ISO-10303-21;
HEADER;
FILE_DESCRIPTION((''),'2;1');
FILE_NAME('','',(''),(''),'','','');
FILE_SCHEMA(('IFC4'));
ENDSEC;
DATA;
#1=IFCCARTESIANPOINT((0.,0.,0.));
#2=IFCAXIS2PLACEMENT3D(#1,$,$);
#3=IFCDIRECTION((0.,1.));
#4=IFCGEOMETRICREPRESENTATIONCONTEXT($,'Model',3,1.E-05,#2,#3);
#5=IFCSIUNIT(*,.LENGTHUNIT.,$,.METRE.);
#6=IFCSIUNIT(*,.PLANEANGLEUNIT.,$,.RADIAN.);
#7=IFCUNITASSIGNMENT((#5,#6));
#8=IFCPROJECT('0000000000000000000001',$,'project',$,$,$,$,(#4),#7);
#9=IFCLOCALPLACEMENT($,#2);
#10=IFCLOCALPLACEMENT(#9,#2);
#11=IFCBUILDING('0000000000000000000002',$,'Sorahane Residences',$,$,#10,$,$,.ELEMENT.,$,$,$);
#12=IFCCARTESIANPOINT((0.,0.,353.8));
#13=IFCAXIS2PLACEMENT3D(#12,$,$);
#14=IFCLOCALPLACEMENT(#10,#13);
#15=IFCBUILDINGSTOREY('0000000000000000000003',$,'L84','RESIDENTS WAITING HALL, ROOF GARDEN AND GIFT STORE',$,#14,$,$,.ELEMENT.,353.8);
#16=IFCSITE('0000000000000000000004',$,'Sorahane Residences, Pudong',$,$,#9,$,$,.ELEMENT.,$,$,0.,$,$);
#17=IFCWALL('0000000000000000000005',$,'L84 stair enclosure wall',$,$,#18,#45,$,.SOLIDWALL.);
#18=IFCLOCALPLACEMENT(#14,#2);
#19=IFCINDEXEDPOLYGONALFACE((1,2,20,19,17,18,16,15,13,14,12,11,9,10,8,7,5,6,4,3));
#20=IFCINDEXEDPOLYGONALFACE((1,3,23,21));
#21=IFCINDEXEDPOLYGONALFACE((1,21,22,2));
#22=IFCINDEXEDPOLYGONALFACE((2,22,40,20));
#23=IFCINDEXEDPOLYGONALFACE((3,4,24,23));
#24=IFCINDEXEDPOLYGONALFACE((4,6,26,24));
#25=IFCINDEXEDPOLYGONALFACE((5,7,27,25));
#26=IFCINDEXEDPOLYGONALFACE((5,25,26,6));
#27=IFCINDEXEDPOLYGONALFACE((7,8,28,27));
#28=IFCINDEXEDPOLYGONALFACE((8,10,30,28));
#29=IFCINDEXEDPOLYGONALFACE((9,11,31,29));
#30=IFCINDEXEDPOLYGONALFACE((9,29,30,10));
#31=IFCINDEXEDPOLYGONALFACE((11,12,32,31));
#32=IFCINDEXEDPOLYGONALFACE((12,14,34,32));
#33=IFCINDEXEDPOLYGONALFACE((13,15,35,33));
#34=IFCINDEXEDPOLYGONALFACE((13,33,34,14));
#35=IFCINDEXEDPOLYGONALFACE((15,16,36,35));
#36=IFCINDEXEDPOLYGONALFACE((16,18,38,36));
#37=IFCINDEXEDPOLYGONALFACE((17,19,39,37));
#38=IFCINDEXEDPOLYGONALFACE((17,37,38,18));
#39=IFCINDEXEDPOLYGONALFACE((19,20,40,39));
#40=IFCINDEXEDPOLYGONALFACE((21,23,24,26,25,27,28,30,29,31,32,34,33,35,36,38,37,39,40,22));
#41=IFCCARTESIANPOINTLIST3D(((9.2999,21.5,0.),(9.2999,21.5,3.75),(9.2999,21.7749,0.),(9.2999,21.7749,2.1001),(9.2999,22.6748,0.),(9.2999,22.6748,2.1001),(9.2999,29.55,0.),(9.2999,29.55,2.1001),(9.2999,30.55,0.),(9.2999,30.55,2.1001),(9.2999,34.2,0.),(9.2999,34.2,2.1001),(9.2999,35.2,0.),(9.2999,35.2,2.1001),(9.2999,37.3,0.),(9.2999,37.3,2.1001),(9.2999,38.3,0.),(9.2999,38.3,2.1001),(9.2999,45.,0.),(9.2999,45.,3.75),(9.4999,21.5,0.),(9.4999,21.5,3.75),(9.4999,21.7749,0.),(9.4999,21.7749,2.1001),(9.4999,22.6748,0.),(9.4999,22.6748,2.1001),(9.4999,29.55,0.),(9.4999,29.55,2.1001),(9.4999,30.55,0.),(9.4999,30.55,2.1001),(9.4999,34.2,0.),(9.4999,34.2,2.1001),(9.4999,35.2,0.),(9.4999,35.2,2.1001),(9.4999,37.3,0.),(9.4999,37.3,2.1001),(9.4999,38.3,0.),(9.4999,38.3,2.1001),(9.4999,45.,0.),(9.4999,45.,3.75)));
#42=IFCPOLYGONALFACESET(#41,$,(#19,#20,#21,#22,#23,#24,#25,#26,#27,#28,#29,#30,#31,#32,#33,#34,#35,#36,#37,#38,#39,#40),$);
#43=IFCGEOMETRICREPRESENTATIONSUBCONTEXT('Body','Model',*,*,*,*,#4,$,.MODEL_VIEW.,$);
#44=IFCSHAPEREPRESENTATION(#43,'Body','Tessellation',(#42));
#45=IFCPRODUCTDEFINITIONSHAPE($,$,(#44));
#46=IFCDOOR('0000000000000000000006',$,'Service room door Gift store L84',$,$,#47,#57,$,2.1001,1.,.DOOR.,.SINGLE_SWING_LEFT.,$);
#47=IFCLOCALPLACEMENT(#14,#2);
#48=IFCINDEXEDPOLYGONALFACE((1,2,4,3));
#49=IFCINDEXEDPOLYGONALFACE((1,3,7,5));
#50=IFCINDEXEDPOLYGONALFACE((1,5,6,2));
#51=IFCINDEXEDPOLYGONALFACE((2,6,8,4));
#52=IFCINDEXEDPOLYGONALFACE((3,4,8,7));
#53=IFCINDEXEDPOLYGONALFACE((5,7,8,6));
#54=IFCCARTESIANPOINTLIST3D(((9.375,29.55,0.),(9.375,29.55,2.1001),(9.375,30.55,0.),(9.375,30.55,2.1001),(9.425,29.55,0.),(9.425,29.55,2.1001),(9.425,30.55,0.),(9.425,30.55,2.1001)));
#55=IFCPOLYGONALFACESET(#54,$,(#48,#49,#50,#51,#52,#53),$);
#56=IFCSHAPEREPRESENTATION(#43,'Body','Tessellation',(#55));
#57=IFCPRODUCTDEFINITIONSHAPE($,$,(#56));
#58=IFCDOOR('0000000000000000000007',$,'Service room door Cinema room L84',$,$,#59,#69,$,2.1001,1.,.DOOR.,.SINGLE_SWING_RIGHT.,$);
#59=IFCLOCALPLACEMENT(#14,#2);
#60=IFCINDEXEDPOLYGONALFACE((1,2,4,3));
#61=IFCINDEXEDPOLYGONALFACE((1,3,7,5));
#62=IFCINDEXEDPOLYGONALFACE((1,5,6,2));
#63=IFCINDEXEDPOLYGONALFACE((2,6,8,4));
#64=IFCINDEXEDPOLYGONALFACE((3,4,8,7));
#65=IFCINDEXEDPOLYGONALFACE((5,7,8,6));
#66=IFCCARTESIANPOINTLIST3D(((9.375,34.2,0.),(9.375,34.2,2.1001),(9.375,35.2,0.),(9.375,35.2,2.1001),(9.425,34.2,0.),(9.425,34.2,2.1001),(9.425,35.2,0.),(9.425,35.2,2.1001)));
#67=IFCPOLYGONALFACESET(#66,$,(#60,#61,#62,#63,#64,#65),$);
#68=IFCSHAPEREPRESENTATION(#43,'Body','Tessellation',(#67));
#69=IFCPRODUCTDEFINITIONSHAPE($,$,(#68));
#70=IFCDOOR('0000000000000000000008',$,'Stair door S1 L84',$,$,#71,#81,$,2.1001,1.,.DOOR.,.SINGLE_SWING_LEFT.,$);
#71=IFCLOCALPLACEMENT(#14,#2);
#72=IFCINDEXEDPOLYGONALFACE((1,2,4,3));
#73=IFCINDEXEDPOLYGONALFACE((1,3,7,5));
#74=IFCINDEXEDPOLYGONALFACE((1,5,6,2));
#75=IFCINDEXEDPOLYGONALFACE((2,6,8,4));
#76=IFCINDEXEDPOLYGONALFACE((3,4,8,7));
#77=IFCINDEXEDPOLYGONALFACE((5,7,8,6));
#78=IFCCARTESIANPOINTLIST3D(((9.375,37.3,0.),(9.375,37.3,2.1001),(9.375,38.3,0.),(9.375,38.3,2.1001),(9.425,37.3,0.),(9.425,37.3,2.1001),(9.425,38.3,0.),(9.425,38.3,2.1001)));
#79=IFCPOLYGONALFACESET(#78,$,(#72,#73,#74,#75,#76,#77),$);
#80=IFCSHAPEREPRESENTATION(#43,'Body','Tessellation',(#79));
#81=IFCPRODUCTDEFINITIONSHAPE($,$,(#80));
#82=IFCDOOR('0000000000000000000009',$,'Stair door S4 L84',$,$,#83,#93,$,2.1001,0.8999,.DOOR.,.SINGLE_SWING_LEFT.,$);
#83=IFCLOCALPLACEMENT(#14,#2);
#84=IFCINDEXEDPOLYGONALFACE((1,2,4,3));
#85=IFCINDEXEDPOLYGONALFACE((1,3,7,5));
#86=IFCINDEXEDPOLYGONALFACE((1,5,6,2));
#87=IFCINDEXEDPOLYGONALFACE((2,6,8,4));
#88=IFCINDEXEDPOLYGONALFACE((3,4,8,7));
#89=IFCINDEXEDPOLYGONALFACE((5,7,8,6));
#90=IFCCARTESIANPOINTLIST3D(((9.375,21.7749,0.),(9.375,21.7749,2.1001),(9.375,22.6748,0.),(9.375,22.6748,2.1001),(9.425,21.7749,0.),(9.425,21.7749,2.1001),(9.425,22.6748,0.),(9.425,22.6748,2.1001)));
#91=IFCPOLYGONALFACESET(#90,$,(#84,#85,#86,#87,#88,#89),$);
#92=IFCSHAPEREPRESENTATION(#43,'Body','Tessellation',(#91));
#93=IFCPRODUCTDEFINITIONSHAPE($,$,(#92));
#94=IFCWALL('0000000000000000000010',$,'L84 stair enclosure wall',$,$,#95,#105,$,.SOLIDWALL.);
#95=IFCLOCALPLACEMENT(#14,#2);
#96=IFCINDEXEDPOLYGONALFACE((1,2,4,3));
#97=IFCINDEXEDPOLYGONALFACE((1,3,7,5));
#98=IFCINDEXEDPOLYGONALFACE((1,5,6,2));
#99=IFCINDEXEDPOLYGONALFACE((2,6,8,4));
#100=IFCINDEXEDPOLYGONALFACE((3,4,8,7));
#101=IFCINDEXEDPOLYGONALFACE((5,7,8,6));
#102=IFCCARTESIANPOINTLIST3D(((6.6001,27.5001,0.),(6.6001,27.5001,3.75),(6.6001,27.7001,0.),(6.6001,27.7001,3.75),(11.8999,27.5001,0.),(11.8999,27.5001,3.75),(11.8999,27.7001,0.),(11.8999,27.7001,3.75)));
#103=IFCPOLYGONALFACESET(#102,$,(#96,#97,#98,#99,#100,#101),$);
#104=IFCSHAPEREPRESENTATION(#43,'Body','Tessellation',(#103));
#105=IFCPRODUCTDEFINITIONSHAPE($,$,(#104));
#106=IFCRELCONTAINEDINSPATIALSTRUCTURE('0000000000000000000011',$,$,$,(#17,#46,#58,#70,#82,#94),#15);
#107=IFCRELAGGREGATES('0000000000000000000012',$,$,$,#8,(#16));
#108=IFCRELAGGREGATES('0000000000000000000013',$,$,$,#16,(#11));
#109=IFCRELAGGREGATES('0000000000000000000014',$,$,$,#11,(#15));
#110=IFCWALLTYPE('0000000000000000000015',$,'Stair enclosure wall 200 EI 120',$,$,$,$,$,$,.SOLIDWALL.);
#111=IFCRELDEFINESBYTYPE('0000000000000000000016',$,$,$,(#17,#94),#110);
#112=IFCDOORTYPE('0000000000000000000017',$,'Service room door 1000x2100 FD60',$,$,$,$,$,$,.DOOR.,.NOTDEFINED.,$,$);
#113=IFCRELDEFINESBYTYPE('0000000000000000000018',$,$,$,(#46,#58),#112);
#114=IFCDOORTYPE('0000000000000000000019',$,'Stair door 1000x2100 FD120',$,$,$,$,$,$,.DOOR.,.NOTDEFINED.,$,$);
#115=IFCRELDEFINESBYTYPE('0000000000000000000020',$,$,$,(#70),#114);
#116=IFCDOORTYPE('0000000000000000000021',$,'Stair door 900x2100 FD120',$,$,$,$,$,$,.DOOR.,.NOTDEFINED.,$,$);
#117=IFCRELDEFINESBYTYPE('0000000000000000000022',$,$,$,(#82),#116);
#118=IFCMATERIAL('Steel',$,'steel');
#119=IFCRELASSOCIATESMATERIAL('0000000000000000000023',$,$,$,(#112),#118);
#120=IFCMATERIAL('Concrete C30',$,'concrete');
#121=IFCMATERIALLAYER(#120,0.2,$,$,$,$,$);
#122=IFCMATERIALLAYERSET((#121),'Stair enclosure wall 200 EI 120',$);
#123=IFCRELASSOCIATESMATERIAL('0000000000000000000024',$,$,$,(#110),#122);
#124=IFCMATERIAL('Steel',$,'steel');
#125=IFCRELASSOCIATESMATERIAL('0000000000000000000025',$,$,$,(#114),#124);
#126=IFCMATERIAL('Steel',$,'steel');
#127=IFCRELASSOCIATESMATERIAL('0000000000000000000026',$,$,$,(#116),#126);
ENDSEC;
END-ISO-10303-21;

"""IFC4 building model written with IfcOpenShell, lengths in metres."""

from ifc_helpers import new_model, si_unit, direction, frame, frame_2d, origin, place, context, subcontext, project, spatial, rectangle, extrude, material, layer, layer_set, type_object, element, fill, save


model = new_model("IFC4")

# Units and contexts
model_context = context("Model", 3, precision=1e-05, world=origin(), true_north=direction((0.0, 1.0)))
body_context = subcontext(model_context, "Body", "Model", "MODEL_VIEW")
ifc_project = project(units=[si_unit("LENGTHUNIT", "METRE"), si_unit("PLANEANGLEUNIT", "RADIAN")], contexts=[model_context])

# Site, building, storey
site_placement = place(None, origin())
site = spatial("IfcSite", under=ifc_project, at=site_placement, Name="Sorahane Residences, Pudong", CompositionType="ELEMENT", RefElevation=0.0)
building_placement = place(site_placement, origin())
building = spatial("IfcBuilding", under=site, at=building_placement, Name="Sorahane Residences", CompositionType="ELEMENT")
storey_placement = place(building_placement, frame((0.0, 0.0, 353.8)))
storey = spatial("IfcBuildingStorey", under=building, at=storey_placement, Name="L84", Description="RESIDENTS WAITING HALL, ROOF GARDEN AND GIFT STORE", CompositionType="ELEMENT", Elevation=353.8)

# Shared definitions
ifc_material_1 = material(Name="Steel", Category="steel")
door_type_1 = type_object("IfcDoorType", Name="Service room door 1000x2100 FD60", OperationType="NOTDEFINED", PredefinedType="DOOR", material=ifc_material_1)

# Wall, openings, doors
ifc_material_2 = material(Name="Concrete C30", Category="concrete")
ifc_layer_1 = layer(ifc_material_2, 0.2)
ifc_layer_set_1 = layer_set([ifc_layer_1], Name="Stair enclosure wall 200 EI 120")
wall_type_1 = type_object("IfcWallType", Name="Stair enclosure wall 200 EI 120", PredefinedType="SOLIDWALL", material=ifc_layer_set_1)
wall_1_placement = place(storey_placement, frame((9.3999, 21.5, 0.0), z_axis=(0.0, 0.0, 1.0), x_axis=(0.0, 1.0, 0.0)))
wall_1 = element("IfcWall", 1, at=wall_1_placement, inside=storey, type_object=wall_type_1, Name="L84 stair enclosure wall", PredefinedType="SOLIDWALL", context=body_context, shape_type="SweptSolid", body=[
    extrude(rectangle(XDim=23.5, YDim=0.2, at=frame_2d((11.75, 0.0))), origin(), (0.0, 0.0, 1.0), 3.75),
])
opening_1_placement = place(wall_1_placement, frame((8.05, 0.0, 0.0)))
opening_1 = element("IfcOpeningElement", 2, at=opening_1_placement, cuts=wall_1, PredefinedType="OPENING", context=body_context, shape_type="SweptSolid", body=[
    extrude(rectangle(XDim=1.0, YDim=2.1001, at=frame_2d((0.5, 1.05))), frame((0.0, 0.1099, 0.0), z_axis=(0.0, -1.0, 0.0), x_axis=(1.0, 0.0, 0.0)), (0.0, 0.0, 1.0), 0.22),
])
opening_2_placement = place(wall_1_placement, frame((12.7, 0.0, 0.0)))
opening_2 = element("IfcOpeningElement", 3, at=opening_2_placement, cuts=wall_1, PredefinedType="OPENING", context=body_context, shape_type="SweptSolid", body=[
    extrude(rectangle(XDim=1.0, YDim=2.1001, at=frame_2d((0.5, 1.05))), frame((0.0, 0.1099, 0.0), z_axis=(0.0, -1.0, 0.0), x_axis=(1.0, 0.0, 0.0)), (0.0, 0.0, 1.0), 0.22),
])
opening_3_placement = place(wall_1_placement, frame((15.8, 0.0, 0.0)))
opening_3 = element("IfcOpeningElement", 4, at=opening_3_placement, cuts=wall_1, PredefinedType="OPENING", context=body_context, shape_type="SweptSolid", body=[
    extrude(rectangle(XDim=1.0, YDim=2.1001, at=frame_2d((0.5, 1.05))), frame((0.0, 0.1099, 0.0), z_axis=(0.0, -1.0, 0.0), x_axis=(1.0, 0.0, 0.0)), (0.0, 0.0, 1.0), 0.22),
])
opening_4_placement = place(wall_1_placement, frame((0.2749, 0.0, 0.0)))
opening_4 = element("IfcOpeningElement", 5, at=opening_4_placement, cuts=wall_1, PredefinedType="OPENING", context=body_context, shape_type="SweptSolid", body=[
    extrude(rectangle(XDim=0.8999, YDim=2.1001, at=frame_2d((0.45, 1.05))), frame((0.0, 0.1099, 0.0), z_axis=(0.0, -1.0, 0.0), x_axis=(1.0, 0.0, 0.0)), (0.0, 0.0, 1.0), 0.22),
])
door_1_placement = place(opening_1_placement, origin())
door_1 = element("IfcDoor", 6, at=door_1_placement, inside=storey, type_object=door_type_1, Name="Service room door Gift store L84", OperationType="SINGLE_SWING_LEFT", OverallHeight=2.1001, OverallWidth=1.0, PredefinedType="DOOR", context=body_context, shape_type="SweptSolid", body=[
    extrude(rectangle(XDim=1.0, YDim=2.1001, at=frame_2d((0.5, 1.05))), frame((0.0, 0.0249, 0.0), z_axis=(0.0, -1.0, 0.0), x_axis=(1.0, 0.0, 0.0)), (0.0, 0.0, 1.0), 0.05),
])
fill(opening_1, door_1)
door_2_placement = place(opening_2_placement, origin())
door_2 = element("IfcDoor", 7, at=door_2_placement, inside=storey, type_object=door_type_1, Name="Service room door Cinema room L84", OperationType="SINGLE_SWING_RIGHT", OverallHeight=2.1001, OverallWidth=1.0, PredefinedType="DOOR", context=body_context, shape_type="SweptSolid", body=[
    extrude(rectangle(XDim=1.0, YDim=2.1001, at=frame_2d((0.5, 1.05))), frame((0.0, 0.0249, 0.0), z_axis=(0.0, -1.0, 0.0), x_axis=(1.0, 0.0, 0.0)), (0.0, 0.0, 1.0), 0.05),
])
fill(opening_2, door_2)
ifc_material_3 = material(Name="Steel", Category="steel")
door_type_2 = type_object("IfcDoorType", Name="Stair door 1000x2100 FD120", OperationType="NOTDEFINED", PredefinedType="DOOR", material=ifc_material_3)
door_3_placement = place(opening_3_placement, origin())
door_3 = element("IfcDoor", 8, at=door_3_placement, inside=storey, type_object=door_type_2, Name="Stair door S1 L84", OperationType="SINGLE_SWING_LEFT", OverallHeight=2.1001, OverallWidth=1.0, PredefinedType="DOOR", context=body_context, shape_type="SweptSolid", body=[
    extrude(rectangle(XDim=1.0, YDim=2.1001, at=frame_2d((0.5, 1.05))), frame((0.0, 0.0249, 0.0), z_axis=(0.0, -1.0, 0.0), x_axis=(1.0, 0.0, 0.0)), (0.0, 0.0, 1.0), 0.05),
])
fill(opening_3, door_3)
ifc_material_4 = material(Name="Steel", Category="steel")
door_type_3 = type_object("IfcDoorType", Name="Stair door 900x2100 FD120", OperationType="NOTDEFINED", PredefinedType="DOOR", material=ifc_material_4)
door_4_placement = place(opening_4_placement, origin())
door_4 = element("IfcDoor", 9, at=door_4_placement, inside=storey, type_object=door_type_3, Name="Stair door S4 L84", OperationType="SINGLE_SWING_LEFT", OverallHeight=2.1001, OverallWidth=0.8999, PredefinedType="DOOR", context=body_context, shape_type="SweptSolid", body=[
    extrude(rectangle(XDim=0.8999, YDim=2.1001, at=frame_2d((0.45, 1.05))), frame((0.0, 0.0249, 0.0), z_axis=(0.0, -1.0, 0.0), x_axis=(1.0, 0.0, 0.0)), (0.0, 0.0, 1.0), 0.05),
])
fill(opening_4, door_4)

# Wall
wall_2_placement = place(storey_placement, frame((6.6001, 27.6001, 0.0), z_axis=(0.0, 0.0, 1.0), x_axis=(1.0, 0.0, 0.0)))
element("IfcWall", 10, at=wall_2_placement, inside=storey, type_object=wall_type_1, Name="L84 stair enclosure wall", PredefinedType="SOLIDWALL", context=body_context, shape_type="SweptSolid", body=[
    extrude(rectangle(XDim=5.2998, YDim=0.2, at=frame_2d((2.6499, 0.0))), origin(), (0.0, 0.0, 1.0), 3.75),
])

save(model, "model.ifc")
